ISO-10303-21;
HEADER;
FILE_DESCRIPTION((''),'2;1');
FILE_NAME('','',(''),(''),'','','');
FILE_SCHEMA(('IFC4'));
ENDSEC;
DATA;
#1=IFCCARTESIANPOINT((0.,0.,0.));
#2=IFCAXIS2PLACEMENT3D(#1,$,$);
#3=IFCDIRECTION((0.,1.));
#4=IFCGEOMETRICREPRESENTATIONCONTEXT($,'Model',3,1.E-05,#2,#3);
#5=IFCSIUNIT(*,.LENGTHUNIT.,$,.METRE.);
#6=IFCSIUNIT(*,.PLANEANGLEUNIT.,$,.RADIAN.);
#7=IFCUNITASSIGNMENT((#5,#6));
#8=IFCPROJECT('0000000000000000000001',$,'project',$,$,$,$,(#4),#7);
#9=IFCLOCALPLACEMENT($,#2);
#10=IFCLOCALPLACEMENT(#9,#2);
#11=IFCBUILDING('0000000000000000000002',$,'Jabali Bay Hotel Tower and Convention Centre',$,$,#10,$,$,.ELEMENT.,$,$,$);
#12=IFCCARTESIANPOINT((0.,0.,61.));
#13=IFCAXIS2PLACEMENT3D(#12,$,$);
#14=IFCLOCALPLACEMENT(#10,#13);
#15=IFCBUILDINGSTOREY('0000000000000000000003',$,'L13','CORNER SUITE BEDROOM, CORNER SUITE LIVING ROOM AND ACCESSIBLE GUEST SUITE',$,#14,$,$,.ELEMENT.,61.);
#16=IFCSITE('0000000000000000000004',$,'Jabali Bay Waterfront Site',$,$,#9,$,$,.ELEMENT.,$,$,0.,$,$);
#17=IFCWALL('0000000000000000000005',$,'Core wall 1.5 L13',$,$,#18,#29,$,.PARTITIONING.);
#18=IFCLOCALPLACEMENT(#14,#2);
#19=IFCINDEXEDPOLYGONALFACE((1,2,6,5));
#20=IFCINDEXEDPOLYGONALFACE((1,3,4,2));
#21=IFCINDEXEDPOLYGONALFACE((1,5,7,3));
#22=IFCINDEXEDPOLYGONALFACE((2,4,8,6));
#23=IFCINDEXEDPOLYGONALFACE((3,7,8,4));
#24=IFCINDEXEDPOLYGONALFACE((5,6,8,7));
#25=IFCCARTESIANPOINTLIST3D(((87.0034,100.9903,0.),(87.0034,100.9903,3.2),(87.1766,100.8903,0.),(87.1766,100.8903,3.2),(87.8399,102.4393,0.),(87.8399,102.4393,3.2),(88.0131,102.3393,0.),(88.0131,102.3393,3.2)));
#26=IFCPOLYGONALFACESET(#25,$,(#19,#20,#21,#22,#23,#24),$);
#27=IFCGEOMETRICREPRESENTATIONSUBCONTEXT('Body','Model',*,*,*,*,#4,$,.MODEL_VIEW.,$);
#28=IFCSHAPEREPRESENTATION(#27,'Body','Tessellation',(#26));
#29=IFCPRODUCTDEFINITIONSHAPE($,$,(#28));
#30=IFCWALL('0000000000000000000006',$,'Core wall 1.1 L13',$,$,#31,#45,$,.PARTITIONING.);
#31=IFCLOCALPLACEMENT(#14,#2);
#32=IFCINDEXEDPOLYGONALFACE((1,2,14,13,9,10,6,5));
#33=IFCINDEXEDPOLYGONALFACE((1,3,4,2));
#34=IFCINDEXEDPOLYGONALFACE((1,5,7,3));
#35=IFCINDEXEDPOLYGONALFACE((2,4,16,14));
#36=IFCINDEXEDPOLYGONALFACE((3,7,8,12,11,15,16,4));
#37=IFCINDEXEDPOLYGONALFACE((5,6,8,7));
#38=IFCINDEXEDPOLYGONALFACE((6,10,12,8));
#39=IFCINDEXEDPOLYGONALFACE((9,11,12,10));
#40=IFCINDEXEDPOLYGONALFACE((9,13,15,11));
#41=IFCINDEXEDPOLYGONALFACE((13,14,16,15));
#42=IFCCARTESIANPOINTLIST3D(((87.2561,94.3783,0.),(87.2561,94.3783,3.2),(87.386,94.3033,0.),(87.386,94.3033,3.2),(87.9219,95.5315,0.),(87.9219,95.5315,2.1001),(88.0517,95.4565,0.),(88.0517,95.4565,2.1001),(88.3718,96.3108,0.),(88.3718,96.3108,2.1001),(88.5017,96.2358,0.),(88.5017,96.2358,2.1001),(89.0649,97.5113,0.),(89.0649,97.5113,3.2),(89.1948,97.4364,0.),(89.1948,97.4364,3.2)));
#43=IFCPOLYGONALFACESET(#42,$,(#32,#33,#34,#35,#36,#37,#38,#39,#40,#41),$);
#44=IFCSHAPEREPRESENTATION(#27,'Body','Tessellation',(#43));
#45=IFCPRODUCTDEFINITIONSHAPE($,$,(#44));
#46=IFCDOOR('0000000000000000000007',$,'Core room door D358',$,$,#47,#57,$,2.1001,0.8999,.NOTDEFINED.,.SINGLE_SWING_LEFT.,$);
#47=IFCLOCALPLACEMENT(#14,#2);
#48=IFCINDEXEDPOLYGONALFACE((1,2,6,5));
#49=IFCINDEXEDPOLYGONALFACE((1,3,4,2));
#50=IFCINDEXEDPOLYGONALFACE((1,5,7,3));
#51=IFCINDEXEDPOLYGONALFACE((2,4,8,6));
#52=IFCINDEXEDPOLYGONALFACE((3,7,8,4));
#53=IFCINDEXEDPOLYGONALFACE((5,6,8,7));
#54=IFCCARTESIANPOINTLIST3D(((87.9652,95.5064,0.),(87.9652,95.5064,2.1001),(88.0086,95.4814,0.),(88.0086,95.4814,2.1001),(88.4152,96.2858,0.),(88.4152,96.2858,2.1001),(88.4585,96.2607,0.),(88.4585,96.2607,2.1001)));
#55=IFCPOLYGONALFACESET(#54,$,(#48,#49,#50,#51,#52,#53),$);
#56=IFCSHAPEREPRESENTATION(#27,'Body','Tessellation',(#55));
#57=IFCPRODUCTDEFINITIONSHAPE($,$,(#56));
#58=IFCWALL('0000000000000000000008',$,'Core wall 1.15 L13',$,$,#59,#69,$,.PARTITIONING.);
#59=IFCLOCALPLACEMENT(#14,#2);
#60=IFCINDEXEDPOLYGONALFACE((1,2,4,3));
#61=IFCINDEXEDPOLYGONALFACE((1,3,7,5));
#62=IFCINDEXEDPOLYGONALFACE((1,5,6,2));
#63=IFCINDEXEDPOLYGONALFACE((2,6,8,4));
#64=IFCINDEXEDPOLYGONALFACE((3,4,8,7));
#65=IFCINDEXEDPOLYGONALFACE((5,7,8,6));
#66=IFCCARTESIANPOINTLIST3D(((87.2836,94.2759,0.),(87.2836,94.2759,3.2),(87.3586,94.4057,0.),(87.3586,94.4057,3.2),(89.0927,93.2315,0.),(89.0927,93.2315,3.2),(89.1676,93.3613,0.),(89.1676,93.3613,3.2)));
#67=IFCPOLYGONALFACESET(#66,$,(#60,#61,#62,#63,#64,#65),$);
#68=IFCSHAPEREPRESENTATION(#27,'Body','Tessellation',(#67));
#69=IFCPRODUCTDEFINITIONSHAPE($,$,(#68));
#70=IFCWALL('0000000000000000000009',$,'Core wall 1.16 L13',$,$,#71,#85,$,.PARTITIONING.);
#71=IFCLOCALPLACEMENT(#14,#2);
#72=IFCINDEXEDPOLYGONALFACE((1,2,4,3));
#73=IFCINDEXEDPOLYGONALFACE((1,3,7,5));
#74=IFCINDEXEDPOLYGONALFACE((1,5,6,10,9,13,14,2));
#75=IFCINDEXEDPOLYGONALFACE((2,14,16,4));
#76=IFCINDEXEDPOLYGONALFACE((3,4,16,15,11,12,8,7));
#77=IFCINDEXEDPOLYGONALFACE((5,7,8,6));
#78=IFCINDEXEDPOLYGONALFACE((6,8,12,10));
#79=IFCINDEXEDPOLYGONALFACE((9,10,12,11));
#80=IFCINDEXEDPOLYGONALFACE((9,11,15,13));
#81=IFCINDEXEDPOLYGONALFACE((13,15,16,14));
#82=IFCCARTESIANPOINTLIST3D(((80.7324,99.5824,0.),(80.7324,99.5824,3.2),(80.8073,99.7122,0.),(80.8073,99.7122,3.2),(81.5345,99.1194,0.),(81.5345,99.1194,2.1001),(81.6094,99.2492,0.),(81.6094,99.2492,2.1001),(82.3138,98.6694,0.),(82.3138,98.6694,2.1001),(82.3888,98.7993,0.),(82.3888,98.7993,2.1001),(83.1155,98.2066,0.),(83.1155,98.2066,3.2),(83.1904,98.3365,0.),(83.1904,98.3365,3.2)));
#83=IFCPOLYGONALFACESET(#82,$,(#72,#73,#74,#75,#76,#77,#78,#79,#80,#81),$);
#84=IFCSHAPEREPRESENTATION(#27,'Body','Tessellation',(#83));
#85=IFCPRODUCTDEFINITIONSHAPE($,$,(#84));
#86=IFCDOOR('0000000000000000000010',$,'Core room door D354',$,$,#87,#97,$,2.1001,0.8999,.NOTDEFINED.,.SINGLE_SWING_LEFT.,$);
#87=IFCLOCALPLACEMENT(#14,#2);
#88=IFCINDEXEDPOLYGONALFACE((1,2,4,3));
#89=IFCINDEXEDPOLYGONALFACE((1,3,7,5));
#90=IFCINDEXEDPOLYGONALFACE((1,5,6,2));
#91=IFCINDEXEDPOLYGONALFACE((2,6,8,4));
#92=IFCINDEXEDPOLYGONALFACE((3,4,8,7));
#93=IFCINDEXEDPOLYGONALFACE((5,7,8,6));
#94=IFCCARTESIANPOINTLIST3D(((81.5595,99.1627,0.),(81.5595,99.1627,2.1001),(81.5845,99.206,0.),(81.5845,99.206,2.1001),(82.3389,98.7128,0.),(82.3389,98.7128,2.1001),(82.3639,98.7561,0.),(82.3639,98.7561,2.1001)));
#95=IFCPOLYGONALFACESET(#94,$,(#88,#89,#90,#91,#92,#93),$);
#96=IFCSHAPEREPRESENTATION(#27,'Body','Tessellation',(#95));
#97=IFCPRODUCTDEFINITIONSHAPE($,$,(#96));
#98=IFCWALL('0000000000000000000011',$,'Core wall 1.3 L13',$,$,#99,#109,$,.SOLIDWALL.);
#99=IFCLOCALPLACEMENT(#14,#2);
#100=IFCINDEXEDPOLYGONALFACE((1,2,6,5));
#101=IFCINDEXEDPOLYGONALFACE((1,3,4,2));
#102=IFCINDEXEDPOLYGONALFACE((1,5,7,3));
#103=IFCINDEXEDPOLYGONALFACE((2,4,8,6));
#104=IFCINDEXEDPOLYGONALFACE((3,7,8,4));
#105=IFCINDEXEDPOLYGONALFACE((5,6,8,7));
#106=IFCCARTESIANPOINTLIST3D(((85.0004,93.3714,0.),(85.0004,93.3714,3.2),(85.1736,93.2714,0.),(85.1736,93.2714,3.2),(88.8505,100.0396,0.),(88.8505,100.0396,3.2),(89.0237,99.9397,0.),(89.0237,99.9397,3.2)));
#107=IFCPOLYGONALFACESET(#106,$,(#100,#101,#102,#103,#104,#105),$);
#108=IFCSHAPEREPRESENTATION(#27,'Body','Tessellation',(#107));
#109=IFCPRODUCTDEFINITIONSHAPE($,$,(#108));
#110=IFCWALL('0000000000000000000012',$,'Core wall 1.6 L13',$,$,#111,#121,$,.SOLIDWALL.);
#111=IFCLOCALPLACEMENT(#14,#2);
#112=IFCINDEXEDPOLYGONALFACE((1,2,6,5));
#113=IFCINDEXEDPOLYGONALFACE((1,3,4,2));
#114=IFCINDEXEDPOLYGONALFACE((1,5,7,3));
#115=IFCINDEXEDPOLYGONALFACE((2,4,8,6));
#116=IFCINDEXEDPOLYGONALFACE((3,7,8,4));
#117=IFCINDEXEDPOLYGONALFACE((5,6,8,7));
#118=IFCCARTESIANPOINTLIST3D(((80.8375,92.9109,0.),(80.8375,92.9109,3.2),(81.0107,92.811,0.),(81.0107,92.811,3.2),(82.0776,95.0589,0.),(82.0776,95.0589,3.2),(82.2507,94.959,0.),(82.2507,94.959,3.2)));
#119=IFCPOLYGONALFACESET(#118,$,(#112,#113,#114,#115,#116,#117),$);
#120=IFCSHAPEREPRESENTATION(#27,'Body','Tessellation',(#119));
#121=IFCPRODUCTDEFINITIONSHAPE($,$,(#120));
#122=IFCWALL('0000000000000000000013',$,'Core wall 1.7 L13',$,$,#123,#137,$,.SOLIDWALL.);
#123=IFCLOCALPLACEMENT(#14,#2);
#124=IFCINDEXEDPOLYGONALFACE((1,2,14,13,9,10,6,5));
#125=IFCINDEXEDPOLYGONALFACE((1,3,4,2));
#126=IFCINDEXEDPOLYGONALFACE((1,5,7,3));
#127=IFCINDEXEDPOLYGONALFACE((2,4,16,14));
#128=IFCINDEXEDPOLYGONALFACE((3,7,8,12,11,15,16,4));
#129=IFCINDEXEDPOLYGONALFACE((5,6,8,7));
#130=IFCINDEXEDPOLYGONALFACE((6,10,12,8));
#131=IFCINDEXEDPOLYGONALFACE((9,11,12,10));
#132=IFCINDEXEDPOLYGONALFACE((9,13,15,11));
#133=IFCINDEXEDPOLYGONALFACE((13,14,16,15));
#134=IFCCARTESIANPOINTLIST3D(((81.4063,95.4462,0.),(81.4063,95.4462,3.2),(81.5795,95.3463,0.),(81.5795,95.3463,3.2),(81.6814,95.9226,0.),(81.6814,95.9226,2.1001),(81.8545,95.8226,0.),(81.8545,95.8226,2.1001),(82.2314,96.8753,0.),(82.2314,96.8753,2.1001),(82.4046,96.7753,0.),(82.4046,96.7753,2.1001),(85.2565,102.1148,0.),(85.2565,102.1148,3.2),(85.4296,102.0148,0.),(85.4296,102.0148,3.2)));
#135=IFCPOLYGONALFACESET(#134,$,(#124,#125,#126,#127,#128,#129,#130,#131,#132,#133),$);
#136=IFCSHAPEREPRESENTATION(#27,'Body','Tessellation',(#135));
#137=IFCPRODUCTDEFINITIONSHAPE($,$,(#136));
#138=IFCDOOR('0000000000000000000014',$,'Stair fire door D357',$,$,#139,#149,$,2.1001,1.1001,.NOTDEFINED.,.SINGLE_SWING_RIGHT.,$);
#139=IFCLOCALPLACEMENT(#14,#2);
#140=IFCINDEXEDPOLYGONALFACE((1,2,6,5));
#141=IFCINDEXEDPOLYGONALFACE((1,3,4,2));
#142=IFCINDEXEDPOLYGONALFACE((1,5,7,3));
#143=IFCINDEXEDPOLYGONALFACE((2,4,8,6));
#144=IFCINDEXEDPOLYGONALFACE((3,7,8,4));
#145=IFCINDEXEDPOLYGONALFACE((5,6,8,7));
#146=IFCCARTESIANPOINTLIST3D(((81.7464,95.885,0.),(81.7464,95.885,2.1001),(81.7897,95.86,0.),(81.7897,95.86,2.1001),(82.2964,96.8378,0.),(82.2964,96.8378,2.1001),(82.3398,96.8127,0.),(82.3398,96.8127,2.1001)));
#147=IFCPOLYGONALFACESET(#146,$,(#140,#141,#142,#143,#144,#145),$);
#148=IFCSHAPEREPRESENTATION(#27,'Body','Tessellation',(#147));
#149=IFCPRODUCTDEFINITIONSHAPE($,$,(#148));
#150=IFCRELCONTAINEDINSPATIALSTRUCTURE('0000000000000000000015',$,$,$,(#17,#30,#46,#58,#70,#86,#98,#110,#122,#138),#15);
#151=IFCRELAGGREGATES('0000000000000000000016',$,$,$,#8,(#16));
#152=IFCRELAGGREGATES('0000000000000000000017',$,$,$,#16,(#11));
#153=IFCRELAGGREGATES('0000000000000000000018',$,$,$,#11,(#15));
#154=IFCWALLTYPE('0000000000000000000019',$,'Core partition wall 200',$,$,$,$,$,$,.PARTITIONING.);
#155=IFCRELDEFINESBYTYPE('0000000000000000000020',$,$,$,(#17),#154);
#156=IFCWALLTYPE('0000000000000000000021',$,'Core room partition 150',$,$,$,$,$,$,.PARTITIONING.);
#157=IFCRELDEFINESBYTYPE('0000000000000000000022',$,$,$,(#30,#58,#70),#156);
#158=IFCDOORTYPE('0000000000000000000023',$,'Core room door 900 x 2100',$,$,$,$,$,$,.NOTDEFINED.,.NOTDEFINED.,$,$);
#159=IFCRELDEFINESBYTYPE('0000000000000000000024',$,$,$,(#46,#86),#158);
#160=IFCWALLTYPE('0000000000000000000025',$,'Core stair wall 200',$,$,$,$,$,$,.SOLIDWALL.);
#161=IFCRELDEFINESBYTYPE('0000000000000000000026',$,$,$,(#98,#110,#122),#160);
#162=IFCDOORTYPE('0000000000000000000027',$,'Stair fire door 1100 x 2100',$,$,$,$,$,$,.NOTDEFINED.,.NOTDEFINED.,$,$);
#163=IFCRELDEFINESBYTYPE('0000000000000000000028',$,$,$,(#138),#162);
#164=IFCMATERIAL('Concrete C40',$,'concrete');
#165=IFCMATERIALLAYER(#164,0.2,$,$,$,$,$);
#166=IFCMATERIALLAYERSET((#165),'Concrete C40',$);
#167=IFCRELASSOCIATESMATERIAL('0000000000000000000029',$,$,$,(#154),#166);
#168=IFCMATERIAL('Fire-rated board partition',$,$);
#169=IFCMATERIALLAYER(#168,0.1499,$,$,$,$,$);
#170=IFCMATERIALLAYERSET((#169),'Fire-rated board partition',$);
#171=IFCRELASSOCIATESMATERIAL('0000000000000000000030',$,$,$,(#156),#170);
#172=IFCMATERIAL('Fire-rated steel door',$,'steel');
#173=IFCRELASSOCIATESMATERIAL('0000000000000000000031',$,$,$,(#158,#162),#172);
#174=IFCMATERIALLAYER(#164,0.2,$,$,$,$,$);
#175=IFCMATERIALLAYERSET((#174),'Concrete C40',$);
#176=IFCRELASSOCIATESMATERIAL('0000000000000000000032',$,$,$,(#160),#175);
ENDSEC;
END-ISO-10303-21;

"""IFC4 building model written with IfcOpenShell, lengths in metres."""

from ifc_helpers import new_model, si_unit, direction, frame, frame_2d, origin, place, context, subcontext, project, spatial, rectangle, extrude, material, layer, layer_set, type_object, element, fill, save


model = new_model("IFC4")

# Units and contexts
model_context = context("Model", 3, precision=1e-05, world=origin(), true_north=direction((0.0, 1.0)))
body_context = subcontext(model_context, "Body", "Model", "MODEL_VIEW")
ifc_project = project(units=[si_unit("LENGTHUNIT", "METRE"), si_unit("PLANEANGLEUNIT", "RADIAN")], contexts=[model_context])

# Site, building, storey
site_placement = place(None, origin())
site = spatial("IfcSite", under=ifc_project, at=site_placement, Name="Jabali Bay Waterfront Site", CompositionType="ELEMENT", RefElevation=0.0)
building_placement = place(site_placement, origin())
building = spatial("IfcBuilding", under=site, at=building_placement, Name="Jabali Bay Hotel Tower and Convention Centre", CompositionType="ELEMENT")
storey_placement = place(building_placement, frame((0.0, 0.0, 61.0)))
storey = spatial("IfcBuildingStorey", under=building, at=storey_placement, Name="L13", Description="CORNER SUITE BEDROOM, CORNER SUITE LIVING ROOM AND ACCESSIBLE GUEST SUITE", CompositionType="ELEMENT", Elevation=61.0)

# Wall
ifc_material_1 = material(Name="Concrete C40", Category="concrete")
ifc_layer_1 = layer(ifc_material_1, 0.2)
ifc_layer_set_1 = layer_set([ifc_layer_1], Name="Concrete C40")
wall_type_1 = type_object("IfcWallType", Name="Core partition wall 200", PredefinedType="PARTITIONING", material=ifc_layer_set_1)
wall_1_placement = place(storey_placement, frame((87.0901, 100.9404, 0.0), z_axis=(0.0, 0.0, 1.0), x_axis=(0.499937, 0.866062, 0.0)))
element("IfcWall", 1, at=wall_1_placement, inside=storey, type_object=wall_type_1, Name="Core wall 1.5 L13", PredefinedType="PARTITIONING", context=body_context, shape_type="SweptSolid", body=[
    extrude(rectangle(XDim=1.6731, YDim=0.2, at=frame_2d((0.8364, 0.0))), origin(), (0.0, 0.0, 1.0), 3.2),
])

# Wall, opening, door
ifc_material_2 = material(Name="Fire-rated board partition")
ifc_layer_2 = layer(ifc_material_2, 0.1499)
ifc_layer_set_2 = layer_set([ifc_layer_2], Name="Fire-rated board partition")
wall_type_2 = type_object("IfcWallType", Name="Core room partition 150", PredefinedType="PARTITIONING", material=ifc_layer_set_2)
wall_2_placement = place(storey_placement, frame((87.321, 94.3408, 0.0), z_axis=(0.0, 0.0, 1.0), x_axis=(0.499993, 0.866029, 0.0)))
wall_2 = element("IfcWall", 2, at=wall_2_placement, inside=storey, type_object=wall_type_2, Name="Core wall 1.1 L13", PredefinedType="PARTITIONING", context=body_context, shape_type="SweptSolid", body=[
    extrude(rectangle(XDim=3.6177, YDim=0.1499, at=frame_2d((1.8088, 0.0))), origin(), (0.0, 0.0, 1.0), 3.2),
])
opening_1_placement = place(wall_2_placement, frame((1.3315, 0.0, 0.0)))
opening_1 = element("IfcOpeningElement", 3, at=opening_1_placement, cuts=wall_2, PredefinedType="OPENING", context=body_context, shape_type="SweptSolid", body=[
    extrude(rectangle(XDim=0.8999, YDim=2.1001, at=frame_2d((0.45, 1.05))), frame((0.0, 0.0854, 0.0), z_axis=(0.0, -1.0, 0.0), x_axis=(1.0, 0.0, 0.0)), (0.0, 0.0, 1.0), 0.1709),
])
ifc_material_3 = material(Name="Fire-rated steel door", Category="steel")
door_type_1 = type_object("IfcDoorType", Name="Core room door 900 x 2100", OperationType="NOTDEFINED", PredefinedType="NOTDEFINED", material=ifc_material_3)
door_1_placement = place(opening_1_placement, origin())
door_1 = element("IfcDoor", 4, at=door_1_placement, inside=storey, type_object=door_type_1, Name="Core room door D358", OperationType="SINGLE_SWING_LEFT", OverallHeight=2.1001, OverallWidth=0.8999, PredefinedType="NOTDEFINED", context=body_context, shape_type="SweptSolid", body=[
    extrude(rectangle(XDim=0.8999, YDim=2.1001, at=frame_2d((0.45, 1.05))), frame((0.0, 0.0249, 0.0), z_axis=(0.0, -1.0, 0.0), x_axis=(1.0, 0.0, 0.0)), (0.0, 0.0, 1.0), 0.05),
])
fill(opening_1, door_1)

# Wall
wall_3_placement = place(storey_placement, frame((89.1301, 93.2964, 0.0), z_axis=(0.0, 0.0, 1.0), x_axis=(-0.866034, 0.499985, 0.0)))
element("IfcWall", 5, at=wall_3_placement, inside=storey, type_object=wall_type_2, Name="Core wall 1.15 L13", PredefinedType="PARTITIONING", context=body_context, shape_type="SweptSolid", body=[
    extrude(rectangle(XDim=2.0889, YDim=0.1499, at=frame_2d((1.0444, 0.0))), origin(), (0.0, 0.0, 1.0), 3.2),
])

# Wall, opening, door
wall_4_placement = place(storey_placement, frame((83.1531, 98.2715, 0.0), z_axis=(0.0, 0.0, 1.0), x_axis=(-0.866045, 0.499966, 0.0)))
wall_4 = element("IfcWall", 6, at=wall_4_placement, inside=storey, type_object=wall_type_2, Name="Core wall 1.16 L13", PredefinedType="PARTITIONING", context=body_context, shape_type="SweptSolid", body=[
    extrude(rectangle(XDim=2.7517, YDim=0.1499, at=frame_2d((1.376, 0.0))), origin(), (0.0, 0.0, 1.0), 3.2),
])
opening_2_placement = place(wall_4_placement, frame((0.9258, 0.0, 0.0)))
opening_2 = element("IfcOpeningElement", 7, at=opening_2_placement, cuts=wall_4, PredefinedType="OPENING", context=body_context, shape_type="SweptSolid", body=[
    extrude(rectangle(XDim=0.8999, YDim=2.1001, at=frame_2d((0.45, 1.05))), frame((0.0, 0.0854, 0.0), z_axis=(0.0, -1.0, 0.0), x_axis=(1.0, 0.0, 0.0)), (0.0, 0.0, 1.0), 0.1709),
])
door_2_placement = place(opening_2_placement, origin())
door_2 = element("IfcDoor", 8, at=door_2_placement, inside=storey, type_object=door_type_1, Name="Core room door D354", OperationType="SINGLE_SWING_LEFT", OverallHeight=2.1001, OverallWidth=0.8999, PredefinedType="NOTDEFINED", context=body_context, shape_type="SweptSolid", body=[
    extrude(rectangle(XDim=0.8999, YDim=2.1001, at=frame_2d((0.45, 1.05))), frame((0.0, 0.0249, 0.0), z_axis=(0.0, -1.0, 0.0), x_axis=(1.0, 0.0, 0.0)), (0.0, 0.0, 1.0), 0.05),
])
fill(opening_2, door_2)

# Walls
ifc_layer_3 = layer(ifc_material_1, 0.2)
ifc_layer_set_3 = layer_set([ifc_layer_3], Name="Concrete C40")
wall_type_3 = type_object("IfcWallType", Name="Core stair wall 200", PredefinedType="SOLIDWALL", material=ifc_layer_set_3)
wall_5_placement = place(storey_placement, frame((85.0869, 93.3213, 0.0), z_axis=(0.0, 0.0, 1.0), x_axis=(0.50002, 0.866014, 0.0)))
element("IfcWall", 9, at=wall_5_placement, inside=storey, type_object=wall_type_3, Name="Core wall 1.3 L13", PredefinedType="SOLIDWALL", context=body_context, shape_type="SweptSolid", body=[
    extrude(rectangle(XDim=7.7, YDim=0.2, at=frame_2d((3.8501, 0.0))), origin(), (0.0, 0.0, 1.0), 3.2),
])
wall_6_placement = place(storey_placement, frame((80.9241, 92.8608, 0.0), z_axis=(0.0, 0.0, 1.0), x_axis=(0.499961, 0.866048, 0.0)))
element("IfcWall", 10, at=wall_6_placement, inside=storey, type_object=wall_type_3, Name="Core wall 1.6 L13", PredefinedType="SOLIDWALL", context=body_context, shape_type="SweptSolid", body=[
    extrude(rectangle(XDim=2.4802, YDim=0.2, at=frame_2d((1.2402, 0.0))), origin(), (0.0, 0.0, 1.0), 3.2),
])

# Wall, opening, door
wall_7_placement = place(storey_placement, frame((81.4929, 95.3962, 0.0), z_axis=(0.0, 0.0, 1.0), x_axis=(0.500006, 0.866022, 0.0)))
wall_7 = element("IfcWall", 11, at=wall_7_placement, inside=storey, type_object=wall_type_3, Name="Core wall 1.7 L13", PredefinedType="SOLIDWALL", context=body_context, shape_type="SweptSolid", body=[
    extrude(rectangle(XDim=7.7002, YDim=0.2, at=frame_2d((3.8501, 0.0))), origin(), (0.0, 0.0, 1.0), 3.2),
])
opening_3_placement = place(wall_7_placement, frame((0.55, 0.0, 0.0)))
opening_3 = element("IfcOpeningElement", 12, at=opening_3_placement, cuts=wall_7, PredefinedType="OPENING", context=body_context, shape_type="SweptSolid", body=[
    extrude(rectangle(XDim=1.1001, YDim=2.1001, at=frame_2d((0.55, 1.05))), frame((0.0, 0.1104, 0.0), z_axis=(0.0, -1.0, 0.0), x_axis=(1.0, 0.0, 0.0)), (0.0, 0.0, 1.0), 0.2209),
])
door_type_2 = type_object("IfcDoorType", Name="Stair fire door 1100 x 2100", OperationType="NOTDEFINED", PredefinedType="NOTDEFINED", material=ifc_material_3)
door_3_placement = place(opening_3_placement, origin())
door_3 = element("IfcDoor", 13, at=door_3_placement, inside=storey, type_object=door_type_2, Name="Stair fire door D357", OperationType="SINGLE_SWING_RIGHT", OverallHeight=2.1001, OverallWidth=1.1001, PredefinedType="NOTDEFINED", context=body_context, shape_type="SweptSolid", body=[
    extrude(rectangle(XDim=1.1001, YDim=2.1001, at=frame_2d((0.55, 1.05))), frame((0.0, 0.0249, 0.0), z_axis=(0.0, -1.0, 0.0), x_axis=(1.0, 0.0, 0.0)), (0.0, 0.0, 1.0), 0.05),
])
fill(opening_3, door_3)

save(model, "model.ifc")
